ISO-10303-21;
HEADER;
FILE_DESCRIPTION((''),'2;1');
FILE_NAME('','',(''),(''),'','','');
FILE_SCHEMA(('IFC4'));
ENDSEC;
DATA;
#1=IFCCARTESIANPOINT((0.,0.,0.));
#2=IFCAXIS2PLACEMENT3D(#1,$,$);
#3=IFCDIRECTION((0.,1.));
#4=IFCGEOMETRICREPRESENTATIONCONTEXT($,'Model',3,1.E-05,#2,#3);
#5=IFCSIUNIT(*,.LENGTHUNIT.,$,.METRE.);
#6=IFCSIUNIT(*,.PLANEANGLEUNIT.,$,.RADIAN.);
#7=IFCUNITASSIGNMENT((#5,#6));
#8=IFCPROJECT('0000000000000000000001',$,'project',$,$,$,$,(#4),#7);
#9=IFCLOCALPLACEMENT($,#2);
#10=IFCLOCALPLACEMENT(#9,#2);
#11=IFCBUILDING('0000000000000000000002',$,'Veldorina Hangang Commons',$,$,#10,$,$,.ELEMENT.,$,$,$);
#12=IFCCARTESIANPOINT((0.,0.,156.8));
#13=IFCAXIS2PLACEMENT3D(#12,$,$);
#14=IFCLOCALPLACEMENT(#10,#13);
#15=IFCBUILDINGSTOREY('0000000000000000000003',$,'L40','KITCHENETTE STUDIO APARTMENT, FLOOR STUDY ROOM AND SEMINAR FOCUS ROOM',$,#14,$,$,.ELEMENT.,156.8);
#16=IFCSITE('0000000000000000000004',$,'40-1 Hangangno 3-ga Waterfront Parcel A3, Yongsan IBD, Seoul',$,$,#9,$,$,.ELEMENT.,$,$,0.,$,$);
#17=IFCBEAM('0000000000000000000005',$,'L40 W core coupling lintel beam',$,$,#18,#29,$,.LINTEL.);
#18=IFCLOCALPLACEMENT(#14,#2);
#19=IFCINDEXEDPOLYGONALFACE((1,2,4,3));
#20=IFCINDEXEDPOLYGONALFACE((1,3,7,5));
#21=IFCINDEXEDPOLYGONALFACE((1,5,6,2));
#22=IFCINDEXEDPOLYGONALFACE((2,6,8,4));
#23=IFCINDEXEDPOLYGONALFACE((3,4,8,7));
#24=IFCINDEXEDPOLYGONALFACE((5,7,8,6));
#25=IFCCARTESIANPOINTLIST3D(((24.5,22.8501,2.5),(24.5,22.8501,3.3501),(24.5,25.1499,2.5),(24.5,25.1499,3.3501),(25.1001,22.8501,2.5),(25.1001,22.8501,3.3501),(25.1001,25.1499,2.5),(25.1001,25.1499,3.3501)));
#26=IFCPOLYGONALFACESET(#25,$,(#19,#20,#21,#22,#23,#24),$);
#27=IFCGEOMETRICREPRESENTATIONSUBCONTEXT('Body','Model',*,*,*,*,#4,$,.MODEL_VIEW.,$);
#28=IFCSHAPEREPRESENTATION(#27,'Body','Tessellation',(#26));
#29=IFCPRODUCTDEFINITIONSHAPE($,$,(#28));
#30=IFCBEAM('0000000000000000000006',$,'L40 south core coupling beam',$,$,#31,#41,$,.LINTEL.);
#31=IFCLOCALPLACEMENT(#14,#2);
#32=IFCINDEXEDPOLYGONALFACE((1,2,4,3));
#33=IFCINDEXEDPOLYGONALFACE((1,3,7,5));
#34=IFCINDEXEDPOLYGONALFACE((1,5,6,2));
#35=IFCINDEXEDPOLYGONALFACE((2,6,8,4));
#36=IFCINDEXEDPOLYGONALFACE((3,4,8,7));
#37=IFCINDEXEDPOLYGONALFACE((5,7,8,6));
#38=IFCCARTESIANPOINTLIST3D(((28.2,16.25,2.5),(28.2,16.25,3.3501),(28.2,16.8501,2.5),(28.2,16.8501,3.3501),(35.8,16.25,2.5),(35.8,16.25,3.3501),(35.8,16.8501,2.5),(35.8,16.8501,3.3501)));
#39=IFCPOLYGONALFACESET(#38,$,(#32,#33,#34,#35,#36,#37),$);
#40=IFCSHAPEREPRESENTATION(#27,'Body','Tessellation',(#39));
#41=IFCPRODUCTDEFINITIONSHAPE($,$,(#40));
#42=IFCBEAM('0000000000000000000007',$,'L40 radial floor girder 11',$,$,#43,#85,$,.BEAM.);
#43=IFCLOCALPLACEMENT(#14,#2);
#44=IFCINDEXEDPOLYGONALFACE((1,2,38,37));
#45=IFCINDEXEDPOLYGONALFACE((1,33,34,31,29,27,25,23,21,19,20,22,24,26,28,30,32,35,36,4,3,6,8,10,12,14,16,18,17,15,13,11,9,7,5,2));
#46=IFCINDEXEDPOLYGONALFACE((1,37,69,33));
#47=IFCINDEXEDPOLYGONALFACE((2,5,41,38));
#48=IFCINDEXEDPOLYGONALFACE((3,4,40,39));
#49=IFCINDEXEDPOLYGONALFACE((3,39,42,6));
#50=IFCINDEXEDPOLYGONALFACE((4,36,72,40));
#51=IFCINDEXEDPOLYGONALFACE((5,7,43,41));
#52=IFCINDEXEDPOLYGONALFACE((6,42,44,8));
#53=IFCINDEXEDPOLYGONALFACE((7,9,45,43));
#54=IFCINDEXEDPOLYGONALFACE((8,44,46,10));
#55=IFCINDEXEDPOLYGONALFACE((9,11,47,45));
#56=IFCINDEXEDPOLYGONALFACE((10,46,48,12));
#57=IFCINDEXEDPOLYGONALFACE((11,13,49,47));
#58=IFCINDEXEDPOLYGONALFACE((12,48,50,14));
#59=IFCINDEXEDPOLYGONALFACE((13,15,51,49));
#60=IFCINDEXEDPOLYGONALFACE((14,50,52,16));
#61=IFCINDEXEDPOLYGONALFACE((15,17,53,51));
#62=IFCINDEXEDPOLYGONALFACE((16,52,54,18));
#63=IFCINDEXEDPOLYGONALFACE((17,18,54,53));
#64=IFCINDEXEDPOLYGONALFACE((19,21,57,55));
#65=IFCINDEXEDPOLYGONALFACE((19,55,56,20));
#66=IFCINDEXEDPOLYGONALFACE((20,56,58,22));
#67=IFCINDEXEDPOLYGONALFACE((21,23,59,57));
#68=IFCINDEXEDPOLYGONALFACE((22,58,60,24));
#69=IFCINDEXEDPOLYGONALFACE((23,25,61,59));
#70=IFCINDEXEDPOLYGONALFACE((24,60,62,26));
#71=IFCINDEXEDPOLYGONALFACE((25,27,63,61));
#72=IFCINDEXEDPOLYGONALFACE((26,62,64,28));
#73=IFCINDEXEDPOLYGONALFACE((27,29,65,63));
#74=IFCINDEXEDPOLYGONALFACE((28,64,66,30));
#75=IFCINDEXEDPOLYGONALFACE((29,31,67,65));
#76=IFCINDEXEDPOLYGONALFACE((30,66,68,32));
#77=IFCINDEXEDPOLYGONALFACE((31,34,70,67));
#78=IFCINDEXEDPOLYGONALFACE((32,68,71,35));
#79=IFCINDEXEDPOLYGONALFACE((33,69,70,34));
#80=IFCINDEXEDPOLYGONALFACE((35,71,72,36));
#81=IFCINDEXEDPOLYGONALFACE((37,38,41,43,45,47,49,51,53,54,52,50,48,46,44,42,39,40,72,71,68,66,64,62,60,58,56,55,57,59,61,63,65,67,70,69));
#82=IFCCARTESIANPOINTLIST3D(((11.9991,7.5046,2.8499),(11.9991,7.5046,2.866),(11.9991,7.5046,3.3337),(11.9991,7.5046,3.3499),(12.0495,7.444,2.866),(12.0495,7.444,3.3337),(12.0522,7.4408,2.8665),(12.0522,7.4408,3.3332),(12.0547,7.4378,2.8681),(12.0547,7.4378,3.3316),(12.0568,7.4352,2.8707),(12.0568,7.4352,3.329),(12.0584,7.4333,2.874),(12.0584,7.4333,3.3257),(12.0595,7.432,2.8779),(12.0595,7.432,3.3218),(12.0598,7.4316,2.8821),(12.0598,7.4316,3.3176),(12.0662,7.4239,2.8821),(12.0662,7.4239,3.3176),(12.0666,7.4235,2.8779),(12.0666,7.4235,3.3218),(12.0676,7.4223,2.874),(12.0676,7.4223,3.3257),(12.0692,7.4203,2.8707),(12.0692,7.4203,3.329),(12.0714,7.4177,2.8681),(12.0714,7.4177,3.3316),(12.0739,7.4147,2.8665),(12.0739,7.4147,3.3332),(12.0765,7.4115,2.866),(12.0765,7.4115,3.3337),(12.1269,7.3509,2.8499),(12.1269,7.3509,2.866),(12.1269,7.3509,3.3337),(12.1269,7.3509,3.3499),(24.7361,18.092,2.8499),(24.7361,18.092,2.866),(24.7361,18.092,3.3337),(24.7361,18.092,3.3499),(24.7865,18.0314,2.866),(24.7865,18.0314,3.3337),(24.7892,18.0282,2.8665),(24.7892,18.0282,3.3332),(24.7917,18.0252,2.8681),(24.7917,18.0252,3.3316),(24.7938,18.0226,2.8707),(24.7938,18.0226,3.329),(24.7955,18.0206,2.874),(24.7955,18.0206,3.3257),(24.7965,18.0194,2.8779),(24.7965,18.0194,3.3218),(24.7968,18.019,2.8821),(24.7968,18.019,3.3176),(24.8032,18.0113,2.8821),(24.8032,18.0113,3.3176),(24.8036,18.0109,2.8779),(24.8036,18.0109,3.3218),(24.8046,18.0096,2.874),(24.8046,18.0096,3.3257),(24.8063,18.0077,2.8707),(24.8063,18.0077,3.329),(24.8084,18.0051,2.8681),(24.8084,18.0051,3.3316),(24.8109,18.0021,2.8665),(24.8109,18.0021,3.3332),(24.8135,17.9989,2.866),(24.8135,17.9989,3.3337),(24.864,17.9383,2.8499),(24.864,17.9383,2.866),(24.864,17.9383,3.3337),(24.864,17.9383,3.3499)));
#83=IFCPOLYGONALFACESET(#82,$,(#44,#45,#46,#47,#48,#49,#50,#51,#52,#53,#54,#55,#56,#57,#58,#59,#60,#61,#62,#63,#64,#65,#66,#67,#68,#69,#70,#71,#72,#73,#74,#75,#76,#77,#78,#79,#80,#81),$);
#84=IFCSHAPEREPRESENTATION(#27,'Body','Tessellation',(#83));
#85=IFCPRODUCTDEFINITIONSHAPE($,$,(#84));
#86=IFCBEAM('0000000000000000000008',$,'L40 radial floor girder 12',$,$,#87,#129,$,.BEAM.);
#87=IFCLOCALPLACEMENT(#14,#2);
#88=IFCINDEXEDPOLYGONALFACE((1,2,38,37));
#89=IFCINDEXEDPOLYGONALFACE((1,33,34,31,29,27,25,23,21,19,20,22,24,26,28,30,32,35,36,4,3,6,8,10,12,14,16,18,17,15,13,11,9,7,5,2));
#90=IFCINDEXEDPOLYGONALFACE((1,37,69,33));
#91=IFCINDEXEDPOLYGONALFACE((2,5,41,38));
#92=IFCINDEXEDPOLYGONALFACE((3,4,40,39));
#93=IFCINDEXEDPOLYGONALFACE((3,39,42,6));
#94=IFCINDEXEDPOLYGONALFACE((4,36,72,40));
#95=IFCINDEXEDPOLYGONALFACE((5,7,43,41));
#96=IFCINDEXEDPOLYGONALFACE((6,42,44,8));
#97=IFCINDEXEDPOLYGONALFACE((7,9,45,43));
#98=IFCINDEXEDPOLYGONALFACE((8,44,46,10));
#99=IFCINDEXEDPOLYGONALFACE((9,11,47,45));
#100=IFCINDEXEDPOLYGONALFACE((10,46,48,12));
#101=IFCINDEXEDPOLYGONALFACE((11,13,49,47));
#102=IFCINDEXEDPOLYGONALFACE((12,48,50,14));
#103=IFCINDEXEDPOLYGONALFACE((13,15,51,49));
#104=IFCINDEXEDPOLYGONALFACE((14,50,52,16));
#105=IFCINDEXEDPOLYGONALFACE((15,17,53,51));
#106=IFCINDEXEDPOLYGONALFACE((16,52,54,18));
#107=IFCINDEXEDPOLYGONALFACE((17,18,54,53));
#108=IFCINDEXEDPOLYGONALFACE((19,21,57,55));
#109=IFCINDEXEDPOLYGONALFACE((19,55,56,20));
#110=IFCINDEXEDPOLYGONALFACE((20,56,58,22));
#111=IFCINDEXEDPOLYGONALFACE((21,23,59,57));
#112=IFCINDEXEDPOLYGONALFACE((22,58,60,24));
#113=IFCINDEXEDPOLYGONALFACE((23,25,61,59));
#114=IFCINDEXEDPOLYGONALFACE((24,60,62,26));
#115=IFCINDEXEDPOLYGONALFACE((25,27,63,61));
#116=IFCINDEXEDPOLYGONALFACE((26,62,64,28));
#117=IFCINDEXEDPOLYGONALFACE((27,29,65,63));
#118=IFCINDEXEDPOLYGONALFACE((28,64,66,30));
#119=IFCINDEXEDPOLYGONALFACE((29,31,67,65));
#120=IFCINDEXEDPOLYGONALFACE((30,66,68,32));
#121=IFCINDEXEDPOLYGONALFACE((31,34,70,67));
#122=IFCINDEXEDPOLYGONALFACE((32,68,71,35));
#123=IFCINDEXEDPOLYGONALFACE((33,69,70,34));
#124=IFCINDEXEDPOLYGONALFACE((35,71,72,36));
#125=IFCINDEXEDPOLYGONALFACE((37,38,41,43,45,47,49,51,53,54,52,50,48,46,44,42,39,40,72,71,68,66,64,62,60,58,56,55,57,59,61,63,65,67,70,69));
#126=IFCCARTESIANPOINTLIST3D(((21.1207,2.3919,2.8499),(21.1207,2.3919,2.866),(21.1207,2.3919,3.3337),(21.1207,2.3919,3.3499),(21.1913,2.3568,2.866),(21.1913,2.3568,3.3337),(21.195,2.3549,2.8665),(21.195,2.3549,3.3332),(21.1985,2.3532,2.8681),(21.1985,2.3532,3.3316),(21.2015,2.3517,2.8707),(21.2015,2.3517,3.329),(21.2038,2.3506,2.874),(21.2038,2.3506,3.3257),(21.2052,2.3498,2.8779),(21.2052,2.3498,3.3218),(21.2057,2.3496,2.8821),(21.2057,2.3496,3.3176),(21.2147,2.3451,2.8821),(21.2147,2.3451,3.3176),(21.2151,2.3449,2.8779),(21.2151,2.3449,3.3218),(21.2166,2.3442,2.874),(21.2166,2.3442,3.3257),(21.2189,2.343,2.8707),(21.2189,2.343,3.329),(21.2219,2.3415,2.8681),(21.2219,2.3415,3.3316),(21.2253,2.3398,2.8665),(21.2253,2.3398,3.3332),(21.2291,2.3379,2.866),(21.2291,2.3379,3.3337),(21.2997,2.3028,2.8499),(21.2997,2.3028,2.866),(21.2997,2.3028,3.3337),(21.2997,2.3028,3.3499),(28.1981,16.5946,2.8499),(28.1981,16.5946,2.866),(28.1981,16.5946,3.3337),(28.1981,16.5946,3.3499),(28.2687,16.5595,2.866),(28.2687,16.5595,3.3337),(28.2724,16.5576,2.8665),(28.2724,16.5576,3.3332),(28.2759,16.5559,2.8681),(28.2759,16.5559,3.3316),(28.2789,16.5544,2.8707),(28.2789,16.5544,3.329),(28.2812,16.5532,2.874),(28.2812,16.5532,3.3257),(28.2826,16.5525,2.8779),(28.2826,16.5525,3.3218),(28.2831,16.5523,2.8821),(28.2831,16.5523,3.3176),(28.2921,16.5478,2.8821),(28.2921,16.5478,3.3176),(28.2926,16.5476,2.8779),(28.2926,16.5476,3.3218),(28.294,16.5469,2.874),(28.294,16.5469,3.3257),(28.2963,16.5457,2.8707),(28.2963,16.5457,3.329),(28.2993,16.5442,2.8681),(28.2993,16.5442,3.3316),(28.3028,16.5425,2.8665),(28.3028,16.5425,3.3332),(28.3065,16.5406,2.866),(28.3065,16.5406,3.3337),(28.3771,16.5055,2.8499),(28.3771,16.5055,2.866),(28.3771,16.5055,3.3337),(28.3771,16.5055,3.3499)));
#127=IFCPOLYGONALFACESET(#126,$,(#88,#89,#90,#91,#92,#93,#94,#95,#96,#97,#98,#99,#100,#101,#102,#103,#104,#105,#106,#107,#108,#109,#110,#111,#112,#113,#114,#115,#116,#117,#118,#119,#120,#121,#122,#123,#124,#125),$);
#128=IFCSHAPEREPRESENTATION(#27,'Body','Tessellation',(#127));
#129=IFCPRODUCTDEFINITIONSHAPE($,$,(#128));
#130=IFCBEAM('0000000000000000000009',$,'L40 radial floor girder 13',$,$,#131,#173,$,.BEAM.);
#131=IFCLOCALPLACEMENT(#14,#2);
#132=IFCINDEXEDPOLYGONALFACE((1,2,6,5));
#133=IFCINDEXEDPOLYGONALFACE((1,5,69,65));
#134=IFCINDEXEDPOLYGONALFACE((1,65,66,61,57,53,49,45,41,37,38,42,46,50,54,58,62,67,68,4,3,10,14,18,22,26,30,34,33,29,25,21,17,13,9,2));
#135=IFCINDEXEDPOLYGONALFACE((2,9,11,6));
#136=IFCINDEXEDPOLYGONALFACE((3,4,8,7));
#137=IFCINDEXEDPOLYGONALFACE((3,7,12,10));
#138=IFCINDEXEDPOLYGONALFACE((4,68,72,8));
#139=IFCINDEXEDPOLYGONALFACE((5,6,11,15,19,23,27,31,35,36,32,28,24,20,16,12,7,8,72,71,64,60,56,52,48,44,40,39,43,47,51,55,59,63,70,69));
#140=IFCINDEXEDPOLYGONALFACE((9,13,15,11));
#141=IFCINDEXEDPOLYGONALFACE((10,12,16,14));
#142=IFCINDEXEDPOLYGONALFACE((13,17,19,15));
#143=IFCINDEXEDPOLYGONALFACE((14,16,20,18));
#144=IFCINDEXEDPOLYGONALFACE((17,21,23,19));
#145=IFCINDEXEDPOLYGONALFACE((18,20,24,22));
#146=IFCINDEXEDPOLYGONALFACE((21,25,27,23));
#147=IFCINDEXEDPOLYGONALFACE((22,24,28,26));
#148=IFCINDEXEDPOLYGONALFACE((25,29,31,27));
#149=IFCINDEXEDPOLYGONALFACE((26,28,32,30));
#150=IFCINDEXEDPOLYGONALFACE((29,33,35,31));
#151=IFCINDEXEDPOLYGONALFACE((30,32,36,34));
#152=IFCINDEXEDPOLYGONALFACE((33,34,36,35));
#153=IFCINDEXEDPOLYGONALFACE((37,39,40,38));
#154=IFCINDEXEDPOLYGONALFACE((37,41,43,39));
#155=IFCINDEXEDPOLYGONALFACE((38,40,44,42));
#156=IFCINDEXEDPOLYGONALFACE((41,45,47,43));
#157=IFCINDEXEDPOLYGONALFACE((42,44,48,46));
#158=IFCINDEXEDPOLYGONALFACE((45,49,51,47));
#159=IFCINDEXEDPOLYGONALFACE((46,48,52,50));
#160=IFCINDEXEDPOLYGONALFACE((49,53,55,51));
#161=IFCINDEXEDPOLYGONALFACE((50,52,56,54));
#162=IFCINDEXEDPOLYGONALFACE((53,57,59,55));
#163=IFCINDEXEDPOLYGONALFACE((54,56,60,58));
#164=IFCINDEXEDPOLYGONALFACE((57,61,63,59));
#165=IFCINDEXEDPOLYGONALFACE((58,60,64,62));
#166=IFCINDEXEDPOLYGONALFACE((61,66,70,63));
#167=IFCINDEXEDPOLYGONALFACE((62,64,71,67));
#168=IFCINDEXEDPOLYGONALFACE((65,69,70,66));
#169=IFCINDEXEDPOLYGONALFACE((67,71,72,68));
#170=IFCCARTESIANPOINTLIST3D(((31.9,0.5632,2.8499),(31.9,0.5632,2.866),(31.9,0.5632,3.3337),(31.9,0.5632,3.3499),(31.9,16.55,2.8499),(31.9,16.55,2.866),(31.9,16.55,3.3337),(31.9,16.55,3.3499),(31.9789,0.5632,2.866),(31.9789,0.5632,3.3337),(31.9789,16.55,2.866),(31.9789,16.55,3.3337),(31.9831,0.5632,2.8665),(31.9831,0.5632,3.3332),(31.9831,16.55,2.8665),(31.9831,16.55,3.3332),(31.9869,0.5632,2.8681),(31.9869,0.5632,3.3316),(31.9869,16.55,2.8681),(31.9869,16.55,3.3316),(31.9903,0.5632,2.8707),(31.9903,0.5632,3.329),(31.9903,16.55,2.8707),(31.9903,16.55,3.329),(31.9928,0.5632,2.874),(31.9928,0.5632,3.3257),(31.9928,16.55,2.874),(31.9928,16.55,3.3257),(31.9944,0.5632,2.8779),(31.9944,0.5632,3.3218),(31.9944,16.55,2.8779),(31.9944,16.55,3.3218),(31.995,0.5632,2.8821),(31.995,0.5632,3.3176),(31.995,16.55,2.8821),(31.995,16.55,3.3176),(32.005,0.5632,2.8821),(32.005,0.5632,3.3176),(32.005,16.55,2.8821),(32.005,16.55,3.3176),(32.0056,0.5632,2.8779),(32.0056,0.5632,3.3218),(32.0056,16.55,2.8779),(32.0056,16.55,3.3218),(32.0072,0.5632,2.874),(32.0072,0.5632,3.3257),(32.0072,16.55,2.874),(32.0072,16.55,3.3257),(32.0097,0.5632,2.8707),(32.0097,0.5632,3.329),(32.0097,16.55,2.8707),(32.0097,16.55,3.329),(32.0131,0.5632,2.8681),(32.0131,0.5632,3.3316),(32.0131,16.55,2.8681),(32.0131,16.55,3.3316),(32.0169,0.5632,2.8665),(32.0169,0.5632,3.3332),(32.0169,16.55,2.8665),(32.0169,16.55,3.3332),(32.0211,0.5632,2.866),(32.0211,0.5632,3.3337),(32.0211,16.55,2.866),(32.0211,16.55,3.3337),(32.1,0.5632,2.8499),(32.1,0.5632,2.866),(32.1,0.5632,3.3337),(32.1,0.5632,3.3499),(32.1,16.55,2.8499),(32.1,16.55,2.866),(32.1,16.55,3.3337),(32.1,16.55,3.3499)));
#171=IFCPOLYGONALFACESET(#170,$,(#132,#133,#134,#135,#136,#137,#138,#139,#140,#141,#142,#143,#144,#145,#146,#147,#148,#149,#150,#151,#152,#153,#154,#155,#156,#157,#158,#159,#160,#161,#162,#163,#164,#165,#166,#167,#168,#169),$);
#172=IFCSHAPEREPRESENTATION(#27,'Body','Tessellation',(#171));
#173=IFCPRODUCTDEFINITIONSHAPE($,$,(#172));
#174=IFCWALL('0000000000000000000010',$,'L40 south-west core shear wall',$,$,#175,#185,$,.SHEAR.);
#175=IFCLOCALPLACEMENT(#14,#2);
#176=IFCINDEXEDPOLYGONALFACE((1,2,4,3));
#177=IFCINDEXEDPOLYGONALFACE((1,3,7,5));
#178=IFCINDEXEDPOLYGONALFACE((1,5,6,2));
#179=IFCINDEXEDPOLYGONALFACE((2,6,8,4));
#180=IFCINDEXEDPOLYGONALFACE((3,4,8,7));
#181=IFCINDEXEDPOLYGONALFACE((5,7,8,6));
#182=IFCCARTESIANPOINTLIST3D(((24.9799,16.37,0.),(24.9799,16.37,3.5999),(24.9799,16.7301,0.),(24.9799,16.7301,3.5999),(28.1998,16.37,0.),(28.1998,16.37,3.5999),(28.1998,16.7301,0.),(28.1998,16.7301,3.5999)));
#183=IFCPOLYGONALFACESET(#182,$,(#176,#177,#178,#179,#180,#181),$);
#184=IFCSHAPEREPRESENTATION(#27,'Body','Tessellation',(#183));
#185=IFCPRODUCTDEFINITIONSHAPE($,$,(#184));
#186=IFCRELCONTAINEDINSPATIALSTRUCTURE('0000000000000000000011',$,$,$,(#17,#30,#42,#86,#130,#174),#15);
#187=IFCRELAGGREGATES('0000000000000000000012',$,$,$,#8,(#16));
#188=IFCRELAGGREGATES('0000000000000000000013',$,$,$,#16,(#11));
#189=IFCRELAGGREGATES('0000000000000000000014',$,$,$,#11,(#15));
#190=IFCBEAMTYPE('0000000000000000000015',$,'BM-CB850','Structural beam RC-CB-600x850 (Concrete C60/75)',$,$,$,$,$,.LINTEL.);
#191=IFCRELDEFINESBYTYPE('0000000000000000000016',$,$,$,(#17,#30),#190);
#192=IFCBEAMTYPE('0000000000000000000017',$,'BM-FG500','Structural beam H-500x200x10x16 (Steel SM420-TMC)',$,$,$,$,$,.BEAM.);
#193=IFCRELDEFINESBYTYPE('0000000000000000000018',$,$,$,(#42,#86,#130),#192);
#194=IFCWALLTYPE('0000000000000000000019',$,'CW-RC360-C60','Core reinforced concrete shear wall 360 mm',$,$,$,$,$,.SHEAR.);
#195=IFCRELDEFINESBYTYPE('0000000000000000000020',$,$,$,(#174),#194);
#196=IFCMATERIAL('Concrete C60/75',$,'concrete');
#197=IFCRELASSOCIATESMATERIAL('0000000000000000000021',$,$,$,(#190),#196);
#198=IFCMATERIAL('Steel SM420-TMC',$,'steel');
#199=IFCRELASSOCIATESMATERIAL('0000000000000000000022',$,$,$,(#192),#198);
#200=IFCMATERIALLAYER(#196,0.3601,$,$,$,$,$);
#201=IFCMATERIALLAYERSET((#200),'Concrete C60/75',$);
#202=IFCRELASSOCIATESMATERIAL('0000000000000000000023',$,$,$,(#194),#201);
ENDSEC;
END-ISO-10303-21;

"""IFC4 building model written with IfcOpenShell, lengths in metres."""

from ifc_helpers import new_model, si_unit, direction, frame, frame_2d, origin, origin_2d, place, context, subcontext, project, spatial, rectangle, i_section, extrude, material, layer, layer_set, material_profile, profile_set, type_object, element, save


model = new_model("IFC4")

# Units and contexts
model_context = context("Model", 3, precision=1e-05, world=origin(), true_north=direction((0.0, 1.0)))
body_context = subcontext(model_context, "Body", "Model", "MODEL_VIEW")
ifc_project = project(units=[si_unit("LENGTHUNIT", "METRE"), si_unit("PLANEANGLEUNIT", "RADIAN")], contexts=[model_context])

# Site, building, storey
site_placement = place(None, origin())
site = spatial("IfcSite", under=ifc_project, at=site_placement, Name="40-1 Hangangno 3-ga Waterfront Parcel A3, Yongsan IBD, Seoul", CompositionType="ELEMENT", RefElevation=0.0)
building_placement = place(site_placement, origin())
building = spatial("IfcBuilding", under=site, at=building_placement, Name="Veldorina Hangang Commons", CompositionType="ELEMENT")
storey_placement = place(building_placement, frame((0.0, 0.0, 156.8)))
storey = spatial("IfcBuildingStorey", under=building, at=storey_placement, Name="L40", Description="KITCHENETTE STUDIO APARTMENT, FLOOR STUDY ROOM AND SEMINAR FOCUS ROOM", CompositionType="ELEMENT", Elevation=156.8)

# Beams
ifc_material_1 = material(Name="Concrete C60/75", Category="concrete")
ifc_material_profile_1 = material_profile(ifc_material_1, rectangle(XDim=0.6001, YDim=0.8501, at=origin_2d()), Name="RC-CB-600x850")
ifc_profile_set_1 = profile_set([ifc_material_profile_1], Name="Concrete C60/75")
beam_type_1 = type_object("IfcBeamType", Name="BM-CB850", Description="Structural beam RC-CB-600x850 (Concrete C60/75)", PredefinedType="LINTEL", material=ifc_profile_set_1)
beam_1_placement = place(storey_placement, frame((24.8, 22.8501, 2.925), z_axis=(0.0, 1.0, 0.0), x_axis=(-1.0, 0.0, 0.0)))
element("IfcBeam", 1, at=beam_1_placement, inside=storey, type_object=beam_type_1, Name="L40 W core coupling lintel beam", PredefinedType="LINTEL", context=body_context, shape_type="SweptSolid", body=[
    extrude(rectangle(XDim=0.6001, YDim=0.8501, at=origin_2d()), origin(), (0.0, 0.0, 1.0), 2.2998),
])
beam_2_placement = place(storey_placement, frame((28.2, 16.55, 2.925), z_axis=(1.0, 0.0, 0.0), x_axis=(0.0, 1.0, 0.0)))
element("IfcBeam", 2, at=beam_2_placement, inside=storey, type_object=beam_type_1, Name="L40 south core coupling beam", PredefinedType="LINTEL", context=body_context, shape_type="SweptSolid", body=[
    extrude(rectangle(XDim=0.6001, YDim=0.8501, at=origin_2d()), origin(), (0.0, 0.0, 1.0), 7.6001),
])
ifc_material_2 = material(Name="Steel SM420-TMC", Category="steel")
ifc_material_profile_2 = material_profile(ifc_material_2, i_section(OverallWidth=0.2, OverallDepth=0.5, WebThickness=0.01, FlangeThickness=0.0161, FilletRadius=0.0161, at=origin_2d()), Name="H-500x200x10x16")
ifc_profile_set_2 = profile_set([ifc_material_profile_2], Name="Steel SM420-TMC")
beam_type_2 = type_object("IfcBeamType", Name="BM-FG500", Description="Structural beam H-500x200x10x16 (Steel SM420-TMC)", PredefinedType="BEAM", material=ifc_profile_set_2)
beam_3_placement = place(storey_placement, frame((24.8, 18.0151, 3.0999), z_axis=(-0.769017, -0.639228, 0.0), x_axis=(0.639228, -0.769017, 0.0)))
element("IfcBeam", 3, at=beam_3_placement, inside=storey, type_object=beam_type_2, Name="L40 radial floor girder 11", PredefinedType="BEAM", context=body_context, shape_type="SweptSolid", body=[
    extrude(i_section(OverallWidth=0.2, OverallDepth=0.5, WebThickness=0.01, FlangeThickness=0.0161, FilletRadius=0.0161, at=origin_2d()), origin(), (0.0, 0.0, 1.0), 16.5627),
])
beam_4_placement = place(storey_placement, frame((28.2876, 16.55, 3.0999), z_axis=(-0.446007, -0.895029, 0.0), x_axis=(0.895029, -0.446007, 0.0)))
element("IfcBeam", 4, at=beam_4_placement, inside=storey, type_object=beam_type_2, Name="L40 radial floor girder 12", PredefinedType="BEAM", context=body_context, shape_type="SweptSolid", body=[
    extrude(i_section(OverallWidth=0.2, OverallDepth=0.5, WebThickness=0.01, FlangeThickness=0.0161, FilletRadius=0.0161, at=origin_2d()), origin(), (0.0, 0.0, 1.0), 15.8684),
])
beam_5_placement = place(storey_placement, frame((32.0, 16.55, 3.0999), z_axis=(0.0, -1.0, 0.0), x_axis=(1.0, 0.0, 0.0)))
element("IfcBeam", 5, at=beam_5_placement, inside=storey, type_object=beam_type_2, Name="L40 radial floor girder 13", PredefinedType="BEAM", context=body_context, shape_type="SweptSolid", body=[
    extrude(i_section(OverallWidth=0.2, OverallDepth=0.5, WebThickness=0.01, FlangeThickness=0.0161, FilletRadius=0.0161, at=origin_2d()), origin(), (0.0, 0.0, 1.0), 15.9868),
])

# Wall
ifc_layer_1 = layer(ifc_material_1, 0.3601)
ifc_layer_set_1 = layer_set([ifc_layer_1], Name="Concrete C60/75")
wall_type_1 = type_object("IfcWallType", Name="CW-RC360-C60", Description="Core reinforced concrete shear wall 360 mm", PredefinedType="SHEAR", material=ifc_layer_set_1)
wall_1_placement = place(storey_placement, frame((24.98, 16.55, 0.0), z_axis=(0.0, 0.0, 1.0), x_axis=(1.0, 0.0, 0.0)))
element("IfcWall", 6, at=wall_1_placement, inside=storey, type_object=wall_type_1, Name="L40 south-west core shear wall", PredefinedType="SHEAR", context=body_context, shape_type="SweptSolid", body=[
    extrude(rectangle(XDim=3.22, YDim=0.3601, at=frame_2d((1.6099, 0.0))), origin(), (0.0, 0.0, 1.0), 3.5999),
])

save(model, "model.ifc")
